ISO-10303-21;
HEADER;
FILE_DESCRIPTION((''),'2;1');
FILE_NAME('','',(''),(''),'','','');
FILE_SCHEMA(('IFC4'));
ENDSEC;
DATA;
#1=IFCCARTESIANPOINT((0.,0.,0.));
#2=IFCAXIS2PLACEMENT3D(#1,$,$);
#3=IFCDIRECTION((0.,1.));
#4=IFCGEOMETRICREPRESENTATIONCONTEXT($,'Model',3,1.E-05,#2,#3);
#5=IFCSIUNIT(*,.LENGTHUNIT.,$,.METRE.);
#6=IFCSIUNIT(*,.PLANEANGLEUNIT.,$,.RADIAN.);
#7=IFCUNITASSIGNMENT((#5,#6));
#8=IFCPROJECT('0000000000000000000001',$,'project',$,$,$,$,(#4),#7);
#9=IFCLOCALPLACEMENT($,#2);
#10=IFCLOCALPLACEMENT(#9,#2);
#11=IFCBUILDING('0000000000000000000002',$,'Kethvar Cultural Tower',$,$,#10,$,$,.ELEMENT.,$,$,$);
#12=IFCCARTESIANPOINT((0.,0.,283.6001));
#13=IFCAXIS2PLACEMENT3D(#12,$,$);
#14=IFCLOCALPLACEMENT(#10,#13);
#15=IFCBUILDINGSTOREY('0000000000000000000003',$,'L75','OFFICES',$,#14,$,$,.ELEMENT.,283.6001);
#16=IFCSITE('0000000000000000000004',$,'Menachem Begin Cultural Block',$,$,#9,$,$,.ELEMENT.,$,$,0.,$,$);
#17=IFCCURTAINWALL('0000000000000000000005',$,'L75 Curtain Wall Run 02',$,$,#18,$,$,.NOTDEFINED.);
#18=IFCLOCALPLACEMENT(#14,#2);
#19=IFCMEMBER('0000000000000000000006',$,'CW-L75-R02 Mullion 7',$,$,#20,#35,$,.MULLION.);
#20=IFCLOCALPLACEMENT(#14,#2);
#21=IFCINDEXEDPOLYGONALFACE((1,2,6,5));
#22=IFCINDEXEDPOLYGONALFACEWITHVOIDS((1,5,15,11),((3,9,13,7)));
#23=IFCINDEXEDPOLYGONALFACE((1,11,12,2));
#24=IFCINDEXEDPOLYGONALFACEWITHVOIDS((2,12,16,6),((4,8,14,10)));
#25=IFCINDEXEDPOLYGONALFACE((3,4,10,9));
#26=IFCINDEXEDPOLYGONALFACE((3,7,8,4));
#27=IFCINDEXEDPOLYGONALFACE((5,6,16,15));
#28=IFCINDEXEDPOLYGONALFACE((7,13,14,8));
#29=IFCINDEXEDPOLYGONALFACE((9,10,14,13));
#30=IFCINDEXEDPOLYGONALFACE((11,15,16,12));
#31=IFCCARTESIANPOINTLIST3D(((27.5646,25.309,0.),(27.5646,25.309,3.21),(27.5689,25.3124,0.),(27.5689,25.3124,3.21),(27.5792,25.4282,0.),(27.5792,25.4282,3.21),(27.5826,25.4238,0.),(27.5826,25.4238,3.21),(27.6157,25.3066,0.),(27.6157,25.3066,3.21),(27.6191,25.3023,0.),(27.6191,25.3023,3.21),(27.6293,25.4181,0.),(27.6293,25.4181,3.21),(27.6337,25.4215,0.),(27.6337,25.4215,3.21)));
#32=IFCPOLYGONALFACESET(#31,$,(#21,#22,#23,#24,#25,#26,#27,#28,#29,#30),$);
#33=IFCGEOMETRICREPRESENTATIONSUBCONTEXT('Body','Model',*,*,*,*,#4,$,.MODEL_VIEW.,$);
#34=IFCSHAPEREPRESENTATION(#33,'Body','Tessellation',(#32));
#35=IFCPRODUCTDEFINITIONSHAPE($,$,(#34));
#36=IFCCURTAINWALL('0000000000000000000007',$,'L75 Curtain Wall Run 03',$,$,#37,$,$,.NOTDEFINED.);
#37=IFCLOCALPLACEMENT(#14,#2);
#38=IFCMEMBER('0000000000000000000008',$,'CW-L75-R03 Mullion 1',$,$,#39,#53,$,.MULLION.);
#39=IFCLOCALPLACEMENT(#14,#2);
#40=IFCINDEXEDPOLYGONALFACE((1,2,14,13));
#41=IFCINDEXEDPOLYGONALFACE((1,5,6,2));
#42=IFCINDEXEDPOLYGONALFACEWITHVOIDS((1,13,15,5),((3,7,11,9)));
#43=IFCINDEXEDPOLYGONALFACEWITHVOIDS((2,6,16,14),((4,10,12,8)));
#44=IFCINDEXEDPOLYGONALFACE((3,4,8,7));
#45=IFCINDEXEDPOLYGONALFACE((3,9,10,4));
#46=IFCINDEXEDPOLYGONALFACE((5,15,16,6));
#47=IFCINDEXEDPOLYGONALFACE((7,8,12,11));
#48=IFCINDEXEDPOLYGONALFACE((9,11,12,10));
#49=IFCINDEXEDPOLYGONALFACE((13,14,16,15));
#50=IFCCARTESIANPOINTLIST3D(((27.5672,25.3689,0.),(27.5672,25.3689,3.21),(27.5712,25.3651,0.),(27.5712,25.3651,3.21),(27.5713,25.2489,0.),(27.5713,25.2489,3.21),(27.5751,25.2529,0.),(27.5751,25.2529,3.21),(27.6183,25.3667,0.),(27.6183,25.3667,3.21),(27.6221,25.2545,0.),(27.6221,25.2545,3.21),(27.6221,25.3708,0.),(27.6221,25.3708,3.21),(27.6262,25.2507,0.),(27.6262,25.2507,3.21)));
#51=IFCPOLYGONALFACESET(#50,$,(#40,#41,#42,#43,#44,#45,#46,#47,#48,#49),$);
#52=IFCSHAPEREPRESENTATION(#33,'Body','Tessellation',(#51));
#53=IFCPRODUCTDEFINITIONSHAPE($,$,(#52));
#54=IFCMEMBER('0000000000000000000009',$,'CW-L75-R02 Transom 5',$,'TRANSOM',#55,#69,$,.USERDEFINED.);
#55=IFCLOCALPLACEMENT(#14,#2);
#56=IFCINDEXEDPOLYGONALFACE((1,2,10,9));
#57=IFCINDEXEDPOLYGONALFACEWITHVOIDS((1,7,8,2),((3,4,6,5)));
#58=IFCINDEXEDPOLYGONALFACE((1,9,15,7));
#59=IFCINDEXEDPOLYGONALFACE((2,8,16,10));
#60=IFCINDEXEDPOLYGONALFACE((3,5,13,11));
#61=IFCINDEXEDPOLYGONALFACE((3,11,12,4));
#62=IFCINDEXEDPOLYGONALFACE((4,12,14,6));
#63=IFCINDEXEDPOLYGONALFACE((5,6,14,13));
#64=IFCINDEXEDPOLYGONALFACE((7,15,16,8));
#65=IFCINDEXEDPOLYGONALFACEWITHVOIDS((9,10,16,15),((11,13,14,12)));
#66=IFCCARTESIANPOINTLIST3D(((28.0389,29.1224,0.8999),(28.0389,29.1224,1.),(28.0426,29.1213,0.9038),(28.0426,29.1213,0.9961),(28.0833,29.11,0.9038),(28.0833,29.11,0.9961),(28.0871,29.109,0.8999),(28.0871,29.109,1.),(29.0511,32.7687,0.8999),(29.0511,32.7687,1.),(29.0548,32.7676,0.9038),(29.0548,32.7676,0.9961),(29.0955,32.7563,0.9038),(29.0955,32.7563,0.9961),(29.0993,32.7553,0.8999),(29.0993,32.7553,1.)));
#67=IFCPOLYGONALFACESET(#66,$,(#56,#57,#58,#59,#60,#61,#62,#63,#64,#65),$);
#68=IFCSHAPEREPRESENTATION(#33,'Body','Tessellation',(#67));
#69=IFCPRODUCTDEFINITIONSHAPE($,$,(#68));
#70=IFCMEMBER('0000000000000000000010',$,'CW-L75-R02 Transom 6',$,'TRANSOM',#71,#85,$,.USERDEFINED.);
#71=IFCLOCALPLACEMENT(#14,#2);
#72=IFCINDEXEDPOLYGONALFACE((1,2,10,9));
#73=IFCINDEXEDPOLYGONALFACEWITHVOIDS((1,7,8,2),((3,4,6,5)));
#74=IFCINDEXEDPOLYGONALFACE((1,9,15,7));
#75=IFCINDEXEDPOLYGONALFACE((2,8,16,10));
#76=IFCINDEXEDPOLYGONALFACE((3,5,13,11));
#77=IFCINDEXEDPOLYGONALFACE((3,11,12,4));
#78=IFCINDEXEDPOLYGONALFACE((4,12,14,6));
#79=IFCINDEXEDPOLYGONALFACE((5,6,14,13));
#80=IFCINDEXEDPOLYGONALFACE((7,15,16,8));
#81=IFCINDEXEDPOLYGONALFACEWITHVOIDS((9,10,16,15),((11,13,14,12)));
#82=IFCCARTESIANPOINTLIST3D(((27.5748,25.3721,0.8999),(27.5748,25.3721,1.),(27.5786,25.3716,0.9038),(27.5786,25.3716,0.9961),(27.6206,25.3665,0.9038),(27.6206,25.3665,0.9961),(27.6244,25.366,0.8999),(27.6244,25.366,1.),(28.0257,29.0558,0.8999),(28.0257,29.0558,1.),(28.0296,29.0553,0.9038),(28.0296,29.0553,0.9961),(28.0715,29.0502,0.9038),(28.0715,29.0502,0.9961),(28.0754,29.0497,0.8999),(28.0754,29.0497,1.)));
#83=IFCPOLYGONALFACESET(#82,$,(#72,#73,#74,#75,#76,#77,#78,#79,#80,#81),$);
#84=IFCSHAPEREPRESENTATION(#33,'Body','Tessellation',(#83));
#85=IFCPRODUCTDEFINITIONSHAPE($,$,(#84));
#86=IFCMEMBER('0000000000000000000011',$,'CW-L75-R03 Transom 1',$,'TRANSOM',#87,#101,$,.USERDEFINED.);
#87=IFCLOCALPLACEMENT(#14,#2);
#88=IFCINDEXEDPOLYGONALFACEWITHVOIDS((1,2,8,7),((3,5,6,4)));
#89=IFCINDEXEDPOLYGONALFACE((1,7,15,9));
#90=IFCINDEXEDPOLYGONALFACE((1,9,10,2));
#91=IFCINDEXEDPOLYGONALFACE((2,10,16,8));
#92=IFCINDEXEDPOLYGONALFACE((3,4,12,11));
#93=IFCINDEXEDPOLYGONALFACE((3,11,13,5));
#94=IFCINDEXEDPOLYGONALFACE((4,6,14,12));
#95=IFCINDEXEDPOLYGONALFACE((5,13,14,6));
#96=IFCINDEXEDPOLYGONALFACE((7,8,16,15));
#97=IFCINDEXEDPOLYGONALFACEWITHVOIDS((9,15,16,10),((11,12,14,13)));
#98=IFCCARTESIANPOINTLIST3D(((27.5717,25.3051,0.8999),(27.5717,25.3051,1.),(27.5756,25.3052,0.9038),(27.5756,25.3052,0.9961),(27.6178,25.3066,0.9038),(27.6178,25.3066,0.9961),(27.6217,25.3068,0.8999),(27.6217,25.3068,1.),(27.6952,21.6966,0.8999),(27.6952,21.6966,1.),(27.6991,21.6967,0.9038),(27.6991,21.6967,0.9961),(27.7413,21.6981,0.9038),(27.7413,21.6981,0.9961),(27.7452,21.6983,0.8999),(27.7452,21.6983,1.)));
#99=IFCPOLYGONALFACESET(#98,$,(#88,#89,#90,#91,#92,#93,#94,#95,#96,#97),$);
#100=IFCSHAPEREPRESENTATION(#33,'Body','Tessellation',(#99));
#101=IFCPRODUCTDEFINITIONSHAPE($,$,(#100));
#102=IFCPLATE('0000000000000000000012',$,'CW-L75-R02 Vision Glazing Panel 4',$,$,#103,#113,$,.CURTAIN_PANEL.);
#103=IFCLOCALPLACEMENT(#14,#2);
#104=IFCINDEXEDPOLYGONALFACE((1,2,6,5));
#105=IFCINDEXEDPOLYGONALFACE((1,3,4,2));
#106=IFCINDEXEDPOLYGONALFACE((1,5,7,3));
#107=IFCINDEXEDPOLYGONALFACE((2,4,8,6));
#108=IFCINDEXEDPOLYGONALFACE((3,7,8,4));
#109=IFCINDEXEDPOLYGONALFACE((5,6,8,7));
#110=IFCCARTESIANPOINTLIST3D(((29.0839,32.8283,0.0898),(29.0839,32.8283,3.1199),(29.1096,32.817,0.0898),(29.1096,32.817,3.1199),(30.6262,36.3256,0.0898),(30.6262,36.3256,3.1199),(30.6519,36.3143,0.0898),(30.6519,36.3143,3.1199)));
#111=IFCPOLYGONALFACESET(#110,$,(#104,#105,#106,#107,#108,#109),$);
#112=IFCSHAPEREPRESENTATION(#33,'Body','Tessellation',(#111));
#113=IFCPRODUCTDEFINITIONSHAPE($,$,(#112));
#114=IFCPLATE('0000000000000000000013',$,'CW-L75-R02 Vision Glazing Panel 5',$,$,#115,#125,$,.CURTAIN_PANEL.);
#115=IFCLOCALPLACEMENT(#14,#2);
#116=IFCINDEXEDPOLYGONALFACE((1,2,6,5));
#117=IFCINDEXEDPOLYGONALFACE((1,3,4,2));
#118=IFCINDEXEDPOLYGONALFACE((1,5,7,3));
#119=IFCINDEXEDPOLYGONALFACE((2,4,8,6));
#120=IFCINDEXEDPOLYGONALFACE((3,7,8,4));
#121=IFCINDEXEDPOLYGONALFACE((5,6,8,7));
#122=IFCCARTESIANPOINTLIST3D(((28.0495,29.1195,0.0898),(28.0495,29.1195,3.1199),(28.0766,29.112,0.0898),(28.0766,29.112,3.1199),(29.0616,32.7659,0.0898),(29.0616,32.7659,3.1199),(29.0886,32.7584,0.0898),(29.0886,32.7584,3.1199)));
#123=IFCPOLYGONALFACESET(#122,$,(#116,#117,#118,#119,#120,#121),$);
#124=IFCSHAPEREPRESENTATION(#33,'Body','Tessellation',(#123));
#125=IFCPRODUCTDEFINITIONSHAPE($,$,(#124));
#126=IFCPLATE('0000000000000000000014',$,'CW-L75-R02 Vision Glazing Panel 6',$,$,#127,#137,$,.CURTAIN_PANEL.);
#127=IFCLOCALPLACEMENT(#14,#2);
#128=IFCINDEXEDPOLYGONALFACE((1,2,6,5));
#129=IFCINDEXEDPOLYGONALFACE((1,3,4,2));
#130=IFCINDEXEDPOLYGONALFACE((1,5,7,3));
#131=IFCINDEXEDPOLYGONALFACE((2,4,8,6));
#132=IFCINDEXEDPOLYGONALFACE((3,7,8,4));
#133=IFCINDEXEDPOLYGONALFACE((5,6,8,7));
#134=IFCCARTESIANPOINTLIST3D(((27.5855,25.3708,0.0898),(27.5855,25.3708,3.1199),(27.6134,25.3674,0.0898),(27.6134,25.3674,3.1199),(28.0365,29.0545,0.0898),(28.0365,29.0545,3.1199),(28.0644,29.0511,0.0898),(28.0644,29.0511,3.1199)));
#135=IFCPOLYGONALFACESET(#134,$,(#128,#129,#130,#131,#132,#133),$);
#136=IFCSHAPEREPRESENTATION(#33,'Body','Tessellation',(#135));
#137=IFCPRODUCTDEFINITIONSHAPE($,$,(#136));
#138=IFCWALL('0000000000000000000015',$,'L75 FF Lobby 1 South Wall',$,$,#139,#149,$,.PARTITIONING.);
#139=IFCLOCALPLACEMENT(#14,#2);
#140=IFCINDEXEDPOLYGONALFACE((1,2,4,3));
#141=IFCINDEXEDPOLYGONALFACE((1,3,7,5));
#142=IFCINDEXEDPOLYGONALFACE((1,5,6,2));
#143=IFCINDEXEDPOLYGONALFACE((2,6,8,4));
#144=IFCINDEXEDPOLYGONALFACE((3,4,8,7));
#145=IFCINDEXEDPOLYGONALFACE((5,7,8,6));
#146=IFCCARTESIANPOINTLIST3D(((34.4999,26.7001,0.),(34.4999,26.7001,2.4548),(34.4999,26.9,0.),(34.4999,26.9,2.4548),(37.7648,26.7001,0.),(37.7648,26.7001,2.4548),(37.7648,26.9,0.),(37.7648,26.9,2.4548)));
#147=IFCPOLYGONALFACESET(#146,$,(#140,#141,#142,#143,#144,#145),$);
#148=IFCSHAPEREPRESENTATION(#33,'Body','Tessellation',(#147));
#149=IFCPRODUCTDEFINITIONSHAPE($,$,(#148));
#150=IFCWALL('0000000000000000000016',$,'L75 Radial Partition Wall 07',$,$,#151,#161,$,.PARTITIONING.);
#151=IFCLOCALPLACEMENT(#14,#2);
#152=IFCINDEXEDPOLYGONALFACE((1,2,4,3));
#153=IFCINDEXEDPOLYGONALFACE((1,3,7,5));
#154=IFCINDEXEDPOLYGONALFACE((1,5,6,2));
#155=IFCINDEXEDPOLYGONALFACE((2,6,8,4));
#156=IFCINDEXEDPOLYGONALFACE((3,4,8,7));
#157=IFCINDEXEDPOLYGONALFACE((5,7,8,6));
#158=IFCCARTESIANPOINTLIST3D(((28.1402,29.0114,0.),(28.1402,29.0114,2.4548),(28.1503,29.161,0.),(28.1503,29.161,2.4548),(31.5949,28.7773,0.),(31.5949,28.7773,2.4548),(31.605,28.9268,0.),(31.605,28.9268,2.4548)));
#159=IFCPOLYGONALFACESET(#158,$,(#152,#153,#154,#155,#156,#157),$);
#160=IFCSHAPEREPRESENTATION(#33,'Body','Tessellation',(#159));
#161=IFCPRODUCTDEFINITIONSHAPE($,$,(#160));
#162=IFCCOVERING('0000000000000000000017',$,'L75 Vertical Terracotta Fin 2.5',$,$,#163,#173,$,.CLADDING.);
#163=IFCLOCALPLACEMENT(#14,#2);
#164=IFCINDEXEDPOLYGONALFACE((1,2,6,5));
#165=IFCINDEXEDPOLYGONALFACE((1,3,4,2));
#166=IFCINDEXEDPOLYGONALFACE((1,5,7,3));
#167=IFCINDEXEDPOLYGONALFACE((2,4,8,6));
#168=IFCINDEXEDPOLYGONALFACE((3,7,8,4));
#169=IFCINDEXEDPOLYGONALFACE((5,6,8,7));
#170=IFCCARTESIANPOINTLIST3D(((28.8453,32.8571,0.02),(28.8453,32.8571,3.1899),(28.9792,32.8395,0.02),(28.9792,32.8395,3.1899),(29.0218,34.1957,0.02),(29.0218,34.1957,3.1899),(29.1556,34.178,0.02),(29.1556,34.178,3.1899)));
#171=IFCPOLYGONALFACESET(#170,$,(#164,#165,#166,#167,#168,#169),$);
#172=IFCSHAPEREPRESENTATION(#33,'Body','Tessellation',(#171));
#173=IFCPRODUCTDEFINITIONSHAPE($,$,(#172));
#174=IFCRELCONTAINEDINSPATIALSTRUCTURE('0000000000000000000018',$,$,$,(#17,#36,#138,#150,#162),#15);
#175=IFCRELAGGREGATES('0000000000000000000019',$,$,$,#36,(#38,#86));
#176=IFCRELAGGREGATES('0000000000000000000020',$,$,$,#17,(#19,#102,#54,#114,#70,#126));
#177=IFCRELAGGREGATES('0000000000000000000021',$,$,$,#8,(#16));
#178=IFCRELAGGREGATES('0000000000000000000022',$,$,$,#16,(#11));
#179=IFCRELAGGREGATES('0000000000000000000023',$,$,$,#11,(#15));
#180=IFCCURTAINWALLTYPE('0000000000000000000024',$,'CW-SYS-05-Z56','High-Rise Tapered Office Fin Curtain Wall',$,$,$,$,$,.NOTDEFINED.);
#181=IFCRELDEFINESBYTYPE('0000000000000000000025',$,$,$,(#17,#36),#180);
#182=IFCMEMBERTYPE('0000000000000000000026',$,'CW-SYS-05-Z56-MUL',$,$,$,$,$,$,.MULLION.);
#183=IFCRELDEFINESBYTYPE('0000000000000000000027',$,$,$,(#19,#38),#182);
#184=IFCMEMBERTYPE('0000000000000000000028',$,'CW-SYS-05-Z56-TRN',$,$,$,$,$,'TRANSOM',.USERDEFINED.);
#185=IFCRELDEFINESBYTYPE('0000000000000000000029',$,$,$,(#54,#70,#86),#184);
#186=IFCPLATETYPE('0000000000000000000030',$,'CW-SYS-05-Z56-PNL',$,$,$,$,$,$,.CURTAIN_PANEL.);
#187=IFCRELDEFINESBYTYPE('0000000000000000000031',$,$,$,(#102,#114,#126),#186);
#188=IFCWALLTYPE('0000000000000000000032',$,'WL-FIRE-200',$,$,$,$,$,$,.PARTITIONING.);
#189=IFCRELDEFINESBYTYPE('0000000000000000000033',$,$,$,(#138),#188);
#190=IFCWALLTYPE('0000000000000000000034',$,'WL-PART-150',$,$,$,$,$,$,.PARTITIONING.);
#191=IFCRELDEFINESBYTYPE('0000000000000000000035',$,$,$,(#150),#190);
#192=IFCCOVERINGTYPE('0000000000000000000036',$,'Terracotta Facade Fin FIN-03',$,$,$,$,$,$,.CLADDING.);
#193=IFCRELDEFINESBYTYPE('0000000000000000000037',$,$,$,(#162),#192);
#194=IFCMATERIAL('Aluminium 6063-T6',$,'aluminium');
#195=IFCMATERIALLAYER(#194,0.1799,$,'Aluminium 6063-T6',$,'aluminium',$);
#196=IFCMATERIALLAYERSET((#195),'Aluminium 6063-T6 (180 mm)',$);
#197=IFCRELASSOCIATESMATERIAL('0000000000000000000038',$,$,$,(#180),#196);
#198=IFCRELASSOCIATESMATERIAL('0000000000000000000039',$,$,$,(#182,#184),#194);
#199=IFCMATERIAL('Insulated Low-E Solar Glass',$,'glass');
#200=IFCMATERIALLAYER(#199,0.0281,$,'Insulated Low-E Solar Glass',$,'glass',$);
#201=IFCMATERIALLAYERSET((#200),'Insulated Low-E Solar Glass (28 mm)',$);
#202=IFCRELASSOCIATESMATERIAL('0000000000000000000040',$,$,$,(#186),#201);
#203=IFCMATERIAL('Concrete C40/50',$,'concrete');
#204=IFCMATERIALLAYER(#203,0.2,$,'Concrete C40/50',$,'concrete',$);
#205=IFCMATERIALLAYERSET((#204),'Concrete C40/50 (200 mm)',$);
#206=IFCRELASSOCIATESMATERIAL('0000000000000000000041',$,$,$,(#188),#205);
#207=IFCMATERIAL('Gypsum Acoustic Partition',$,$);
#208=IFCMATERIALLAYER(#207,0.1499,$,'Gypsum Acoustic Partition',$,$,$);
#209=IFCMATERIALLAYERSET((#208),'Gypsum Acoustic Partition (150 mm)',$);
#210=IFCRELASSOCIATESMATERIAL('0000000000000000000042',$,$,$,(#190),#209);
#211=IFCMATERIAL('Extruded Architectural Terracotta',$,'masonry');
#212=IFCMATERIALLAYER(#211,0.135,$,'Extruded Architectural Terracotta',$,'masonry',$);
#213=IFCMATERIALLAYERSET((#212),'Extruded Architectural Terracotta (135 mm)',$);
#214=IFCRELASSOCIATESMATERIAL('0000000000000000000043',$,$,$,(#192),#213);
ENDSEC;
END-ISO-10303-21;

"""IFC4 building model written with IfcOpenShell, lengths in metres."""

from ifc_helpers import new_model, si_unit, direction, frame, frame_2d, origin, origin_2d, place, context, subcontext, project, spatial, rectangle, hollow_rectangle, extrude, source, transform, mapped, material, layer, layer_set, material_profile, profile_set, type_object, element, aggregate, save


model = new_model("IFC4")

# Units and contexts
model_context = context("Model", 3, precision=1e-05, world=origin(), true_north=direction((0.0, 1.0)))
body_context = subcontext(model_context, "Body", "Model", "MODEL_VIEW")
ifc_project = project(units=[si_unit("LENGTHUNIT", "METRE"), si_unit("PLANEANGLEUNIT", "RADIAN")], contexts=[model_context])

# Site, building, storey
site_placement = place(None, origin())
site = spatial("IfcSite", under=ifc_project, at=site_placement, Name="Menachem Begin Cultural Block", CompositionType="ELEMENT", RefElevation=0.0)
building_placement = place(site_placement, origin())
building = spatial("IfcBuilding", under=site, at=building_placement, Name="Kethvar Cultural Tower", CompositionType="ELEMENT")
storey_placement = place(building_placement, frame((0.0, 0.0, 283.6001)))
storey = spatial("IfcBuildingStorey", under=building, at=storey_placement, Name="L75", Description="OFFICES", CompositionType="ELEMENT", Elevation=283.6001)

# Curtain wall, member
ifc_material_1 = material(Name="Aluminium 6063-T6", Category="aluminium")
ifc_layer_1 = layer(ifc_material_1, 0.1799, Name="Aluminium 6063-T6", Category="aluminium")
ifc_layer_set_1 = layer_set([ifc_layer_1], Name="Aluminium 6063-T6 (180 mm)")
curtain_wall_type = type_object("IfcCurtainWallType", Name="CW-SYS-05-Z56", Description="High-Rise Tapered Office Fin Curtain Wall", PredefinedType="NOTDEFINED", material=ifc_layer_set_1)
curtain_wall_1_placement = place(storey_placement, origin())
curtain_wall_1 = element("IfcCurtainWall", 1, at=curtain_wall_1_placement, inside=storey, type_object=curtain_wall_type, Name="L75 Curtain Wall Run 02", PredefinedType="NOTDEFINED")
ifc_material_profile_1 = material_profile(ifc_material_1, hollow_rectangle(XDim=0.0549, YDim=0.1201, WallThickness=0.0039, at=origin_2d()), Name="Aluminium 6063-T6 — RHS120x55x4")
ifc_profile_set_1 = profile_set([ifc_material_profile_1], Name="Aluminium 6063-T6 — RHS120x55x4")
member_type_1 = type_object("IfcMemberType", Name="CW-SYS-05-Z56-MUL", PredefinedType="MULLION", material=ifc_profile_set_1)
shared_shape_1 = source(origin(), body_context, "Body", "SweptSolid", [
    extrude(hollow_rectangle(XDim=0.0549, YDim=0.1201, WallThickness=0.0039, at=origin_2d()), origin(), (0.0, 0.0, 1.0), 3.21),
])
member_1_placement = place(storey_placement, frame((27.5991, 25.3652, 0.0), z_axis=(0.0, 0.0, 1.0), x_axis=(0.992589, -0.121523, 0.0)))
member_1 = element("IfcMember", 2, at=member_1_placement, type_object=member_type_1, Name="CW-L75-R02 Mullion 7", PredefinedType="MULLION", context=body_context, shape_type="MappedRepresentation", body=[
    mapped(shared_shape_1, transform((0.0, 0.0, 0.0), scale=1.0)),
])

# Curtain wall, member
curtain_wall_2_placement = place(storey_placement, origin())
curtain_wall_2 = element("IfcCurtainWall", 3, at=curtain_wall_2_placement, inside=storey, type_object=curtain_wall_type, Name="L75 Curtain Wall Run 03", PredefinedType="NOTDEFINED")
member_2_placement = place(storey_placement, frame((27.5967, 25.3098, 0.0), z_axis=(0.0, 0.0, 1.0), x_axis=(0.999417, 0.034149, 0.0)))
member_2 = element("IfcMember", 4, at=member_2_placement, type_object=member_type_1, Name="CW-L75-R03 Mullion 1", PredefinedType="MULLION", context=body_context, shape_type="MappedRepresentation", body=[
    mapped(shared_shape_1, transform((0.0, 0.0, 0.0), scale=1.0)),
])

# Members
ifc_material_profile_2 = material_profile(ifc_material_1, hollow_rectangle(XDim=0.05, YDim=0.1001, WallThickness=0.0039, at=origin_2d()), Name="Aluminium 6063-T6 — RHS100x50x4")
ifc_profile_set_2 = profile_set([ifc_material_profile_2], Name="Aluminium 6063-T6 — RHS100x50x4")
member_type_2 = type_object("IfcMemberType", Name="CW-SYS-05-Z56-TRN", ElementType="TRANSOM", PredefinedType="USERDEFINED", material=ifc_profile_set_2)
shared_shape_2 = source(origin(), body_context, "Body", "SweptSolid", [
    extrude(hollow_rectangle(XDim=0.05, YDim=0.1001, WallThickness=0.0039, at=origin_2d()), origin(), (0.0, 0.0, 1.0), 3.7842),
])
member_3_placement = place(storey_placement, frame((29.0752, 32.762, 0.95), z_axis=(-0.267487, -0.963561, 0.0), x_axis=(0.963561, -0.267487, 0.0)))
member_3 = element("IfcMember", 5, at=member_3_placement, type_object=member_type_2, Name="CW-L75-R02 Transom 5", ObjectType="TRANSOM", PredefinedType="USERDEFINED", context=body_context, shape_type="MappedRepresentation", body=[
    mapped(shared_shape_2, transform((0.0, 0.0, 0.0), scale=1.0)),
])
shared_shape_3 = source(origin(), body_context, "Body", "SweptSolid", [
    extrude(hollow_rectangle(XDim=0.05, YDim=0.1001, WallThickness=0.0039, at=origin_2d()), origin(), (0.0, 0.0, 1.0), 3.7112),
])
member_4_placement = place(storey_placement, frame((28.0505, 29.0527, 0.95), z_axis=(-0.121508, -0.99259, 0.0), x_axis=(0.99259, -0.121508, 0.0)))
member_4 = element("IfcMember", 6, at=member_4_placement, type_object=member_type_2, Name="CW-L75-R02 Transom 6", ObjectType="TRANSOM", PredefinedType="USERDEFINED", context=body_context, shape_type="MappedRepresentation", body=[
    mapped(shared_shape_3, transform((0.0, 0.0, 0.0), scale=1.0)),
])
shared_shape_4 = source(origin(), body_context, "Body", "SweptSolid", [
    extrude(hollow_rectangle(XDim=0.05, YDim=0.1001, WallThickness=0.0039, at=origin_2d()), origin(), (0.0, 0.0, 1.0), 3.6106),
])
member_5_placement = place(storey_placement, frame((27.5967, 25.3059, 0.95), z_axis=(0.034215, -0.999414, 0.0), x_axis=(0.999414, 0.034215, 0.0)))
member_5 = element("IfcMember", 7, at=member_5_placement, type_object=member_type_2, Name="CW-L75-R03 Transom 1", ObjectType="TRANSOM", PredefinedType="USERDEFINED", context=body_context, shape_type="MappedRepresentation", body=[
    mapped(shared_shape_4, transform((0.0, 0.0, 0.0), scale=1.0)),
])
aggregate(curtain_wall_2, [member_2, member_5])

# Plates
ifc_material_2 = material(Name="Insulated Low-E Solar Glass", Category="glass")
ifc_layer_2 = layer(ifc_material_2, 0.0281, Name="Insulated Low-E Solar Glass", Category="glass")
ifc_layer_set_2 = layer_set([ifc_layer_2], Name="Insulated Low-E Solar Glass (28 mm)")
plate_type = type_object("IfcPlateType", Name="CW-SYS-05-Z56-PNL", PredefinedType="CURTAIN_PANEL", material=ifc_layer_set_2)
shared_shape_5 = source(origin(), body_context, "Body", "SweptSolid", [
    extrude(rectangle(XDim=3.8223, YDim=0.0281, at=origin_2d()), origin(), (0.0, 0.0, 1.0), 3.03),
])
plate_1_placement = place(storey_placement, frame((29.8679, 34.5713, 0.0898), z_axis=(0.0, 0.0, 1.0), x_axis=(-0.403513, -0.914974, 0.0)))
plate_1 = element("IfcPlate", 8, at=plate_1_placement, type_object=plate_type, Name="CW-L75-R02 Vision Glazing Panel 4", PredefinedType="CURTAIN_PANEL", context=body_context, shape_type="MappedRepresentation", body=[
    mapped(shared_shape_5, transform((0.0, 0.0, 0.0), scale=1.0)),
])
shared_shape_6 = source(origin(), body_context, "Body", "SweptSolid", [
    extrude(rectangle(XDim=3.7842, YDim=0.0281, at=origin_2d()), origin(), (0.0, 0.0, 1.0), 3.03),
])
plate_2_placement = place(storey_placement, frame((28.5691, 30.939, 0.0898), z_axis=(0.0, 0.0, 1.0), x_axis=(-0.26744, -0.963574, 0.0)))
plate_2 = element("IfcPlate", 9, at=plate_2_placement, type_object=plate_type, Name="CW-L75-R02 Vision Glazing Panel 5", PredefinedType="CURTAIN_PANEL", context=body_context, shape_type="MappedRepresentation", body=[
    mapped(shared_shape_6, transform((0.0, 0.0, 0.0), scale=1.0)),
])
shared_shape_7 = source(origin(), body_context, "Body", "SweptSolid", [
    extrude(rectangle(XDim=3.7112, YDim=0.0281, at=origin_2d()), origin(), (0.0, 0.0, 1.0), 3.03),
])
plate_3_placement = place(storey_placement, frame((27.825, 27.2109, 0.0898), z_axis=(0.0, 0.0, 1.0), x_axis=(-0.121523, -0.992589, 0.0)))
plate_3 = element("IfcPlate", 10, at=plate_3_placement, type_object=plate_type, Name="CW-L75-R02 Vision Glazing Panel 6", PredefinedType="CURTAIN_PANEL", context=body_context, shape_type="MappedRepresentation", body=[
    mapped(shared_shape_7, transform((0.0, 0.0, 0.0), scale=1.0)),
])
aggregate(curtain_wall_1, [member_1, plate_1, member_3, plate_2, member_4, plate_3])

# Walls
ifc_material_3 = material(Name="Concrete C40/50", Category="concrete")
ifc_layer_3 = layer(ifc_material_3, 0.2, Name="Concrete C40/50", Category="concrete")
ifc_layer_set_3 = layer_set([ifc_layer_3], Name="Concrete C40/50 (200 mm)")
wall_type_1 = type_object("IfcWallType", Name="WL-FIRE-200", PredefinedType="PARTITIONING", material=ifc_layer_set_3)
wall_1_placement = place(storey_placement, frame((34.5, 26.8, 0.0), z_axis=(0.0, 0.0, 1.0), x_axis=(1.0, 0.0, 0.0)))
element("IfcWall", 11, at=wall_1_placement, inside=storey, type_object=wall_type_1, Name="L75 FF Lobby 1 South Wall", PredefinedType="PARTITIONING", context=body_context, shape_type="SweptSolid", body=[
    extrude(rectangle(XDim=3.2649, YDim=0.2, at=frame_2d((1.6323, 0.0))), origin(), (0.0, 0.0, 1.0), 2.4548),
])
ifc_material_4 = material(Name="Gypsum Acoustic Partition")
ifc_layer_4 = layer(ifc_material_4, 0.1499, Name="Gypsum Acoustic Partition")
ifc_layer_set_4 = layer_set([ifc_layer_4], Name="Gypsum Acoustic Partition (150 mm)")
wall_type_2 = type_object("IfcWallType", Name="WL-PART-150", PredefinedType="PARTITIONING", material=ifc_layer_set_4)
wall_2_placement = place(storey_placement, frame((31.6001, 28.8521, 0.0), z_axis=(0.0, 0.0, 1.0), x_axis=(-0.997712, 0.067614, 0.0)))
element("IfcWall", 12, at=wall_2_placement, inside=storey, type_object=wall_type_2, Name="L75 Radial Partition Wall 07", PredefinedType="PARTITIONING", context=body_context, shape_type="SweptSolid", body=[
    extrude(rectangle(XDim=3.4626, YDim=0.1499, at=frame_2d((1.7314, 0.0))), origin(), (0.0, 0.0, 1.0), 2.4548),
])

# Covering
ifc_material_5 = material(Name="Extruded Architectural Terracotta", Category="masonry")
ifc_layer_5 = layer(ifc_material_5, 0.135, Name="Extruded Architectural Terracotta", Category="masonry")
ifc_layer_set_5 = layer_set([ifc_layer_5], Name="Extruded Architectural Terracotta (135 mm)")
covering_type = type_object("IfcCoveringType", Name="Terracotta Facade Fin FIN-03", PredefinedType="CLADDING", material=ifc_layer_set_5)
shared_shape_8 = source(origin(), body_context, "Body", "SweptSolid", [
    extrude(rectangle(XDim=1.3501, YDim=0.135, at=origin_2d()), origin(), (0.0, 0.0, 1.0), 3.1699),
])
for number, where, z_axis, x_axis, name in (
    (13, (29.0005, 33.5176, 0.02), (0.0, 0.0, 1.0), (0.130699, 0.991422, 0.0), "L75 Vertical Terracotta Fin 2.5"),
):
    element("IfcCovering", number, at=place(storey_placement, frame(where, z_axis=z_axis, x_axis=x_axis)), inside=storey, type_object=covering_type, Name=name, PredefinedType="CLADDING", context=body_context, shape_type="MappedRepresentation", body=[
        mapped(shared_shape_8, transform((0.0, 0.0, 0.0), scale=1.0)),
    ])

save(model, "model.ifc")
